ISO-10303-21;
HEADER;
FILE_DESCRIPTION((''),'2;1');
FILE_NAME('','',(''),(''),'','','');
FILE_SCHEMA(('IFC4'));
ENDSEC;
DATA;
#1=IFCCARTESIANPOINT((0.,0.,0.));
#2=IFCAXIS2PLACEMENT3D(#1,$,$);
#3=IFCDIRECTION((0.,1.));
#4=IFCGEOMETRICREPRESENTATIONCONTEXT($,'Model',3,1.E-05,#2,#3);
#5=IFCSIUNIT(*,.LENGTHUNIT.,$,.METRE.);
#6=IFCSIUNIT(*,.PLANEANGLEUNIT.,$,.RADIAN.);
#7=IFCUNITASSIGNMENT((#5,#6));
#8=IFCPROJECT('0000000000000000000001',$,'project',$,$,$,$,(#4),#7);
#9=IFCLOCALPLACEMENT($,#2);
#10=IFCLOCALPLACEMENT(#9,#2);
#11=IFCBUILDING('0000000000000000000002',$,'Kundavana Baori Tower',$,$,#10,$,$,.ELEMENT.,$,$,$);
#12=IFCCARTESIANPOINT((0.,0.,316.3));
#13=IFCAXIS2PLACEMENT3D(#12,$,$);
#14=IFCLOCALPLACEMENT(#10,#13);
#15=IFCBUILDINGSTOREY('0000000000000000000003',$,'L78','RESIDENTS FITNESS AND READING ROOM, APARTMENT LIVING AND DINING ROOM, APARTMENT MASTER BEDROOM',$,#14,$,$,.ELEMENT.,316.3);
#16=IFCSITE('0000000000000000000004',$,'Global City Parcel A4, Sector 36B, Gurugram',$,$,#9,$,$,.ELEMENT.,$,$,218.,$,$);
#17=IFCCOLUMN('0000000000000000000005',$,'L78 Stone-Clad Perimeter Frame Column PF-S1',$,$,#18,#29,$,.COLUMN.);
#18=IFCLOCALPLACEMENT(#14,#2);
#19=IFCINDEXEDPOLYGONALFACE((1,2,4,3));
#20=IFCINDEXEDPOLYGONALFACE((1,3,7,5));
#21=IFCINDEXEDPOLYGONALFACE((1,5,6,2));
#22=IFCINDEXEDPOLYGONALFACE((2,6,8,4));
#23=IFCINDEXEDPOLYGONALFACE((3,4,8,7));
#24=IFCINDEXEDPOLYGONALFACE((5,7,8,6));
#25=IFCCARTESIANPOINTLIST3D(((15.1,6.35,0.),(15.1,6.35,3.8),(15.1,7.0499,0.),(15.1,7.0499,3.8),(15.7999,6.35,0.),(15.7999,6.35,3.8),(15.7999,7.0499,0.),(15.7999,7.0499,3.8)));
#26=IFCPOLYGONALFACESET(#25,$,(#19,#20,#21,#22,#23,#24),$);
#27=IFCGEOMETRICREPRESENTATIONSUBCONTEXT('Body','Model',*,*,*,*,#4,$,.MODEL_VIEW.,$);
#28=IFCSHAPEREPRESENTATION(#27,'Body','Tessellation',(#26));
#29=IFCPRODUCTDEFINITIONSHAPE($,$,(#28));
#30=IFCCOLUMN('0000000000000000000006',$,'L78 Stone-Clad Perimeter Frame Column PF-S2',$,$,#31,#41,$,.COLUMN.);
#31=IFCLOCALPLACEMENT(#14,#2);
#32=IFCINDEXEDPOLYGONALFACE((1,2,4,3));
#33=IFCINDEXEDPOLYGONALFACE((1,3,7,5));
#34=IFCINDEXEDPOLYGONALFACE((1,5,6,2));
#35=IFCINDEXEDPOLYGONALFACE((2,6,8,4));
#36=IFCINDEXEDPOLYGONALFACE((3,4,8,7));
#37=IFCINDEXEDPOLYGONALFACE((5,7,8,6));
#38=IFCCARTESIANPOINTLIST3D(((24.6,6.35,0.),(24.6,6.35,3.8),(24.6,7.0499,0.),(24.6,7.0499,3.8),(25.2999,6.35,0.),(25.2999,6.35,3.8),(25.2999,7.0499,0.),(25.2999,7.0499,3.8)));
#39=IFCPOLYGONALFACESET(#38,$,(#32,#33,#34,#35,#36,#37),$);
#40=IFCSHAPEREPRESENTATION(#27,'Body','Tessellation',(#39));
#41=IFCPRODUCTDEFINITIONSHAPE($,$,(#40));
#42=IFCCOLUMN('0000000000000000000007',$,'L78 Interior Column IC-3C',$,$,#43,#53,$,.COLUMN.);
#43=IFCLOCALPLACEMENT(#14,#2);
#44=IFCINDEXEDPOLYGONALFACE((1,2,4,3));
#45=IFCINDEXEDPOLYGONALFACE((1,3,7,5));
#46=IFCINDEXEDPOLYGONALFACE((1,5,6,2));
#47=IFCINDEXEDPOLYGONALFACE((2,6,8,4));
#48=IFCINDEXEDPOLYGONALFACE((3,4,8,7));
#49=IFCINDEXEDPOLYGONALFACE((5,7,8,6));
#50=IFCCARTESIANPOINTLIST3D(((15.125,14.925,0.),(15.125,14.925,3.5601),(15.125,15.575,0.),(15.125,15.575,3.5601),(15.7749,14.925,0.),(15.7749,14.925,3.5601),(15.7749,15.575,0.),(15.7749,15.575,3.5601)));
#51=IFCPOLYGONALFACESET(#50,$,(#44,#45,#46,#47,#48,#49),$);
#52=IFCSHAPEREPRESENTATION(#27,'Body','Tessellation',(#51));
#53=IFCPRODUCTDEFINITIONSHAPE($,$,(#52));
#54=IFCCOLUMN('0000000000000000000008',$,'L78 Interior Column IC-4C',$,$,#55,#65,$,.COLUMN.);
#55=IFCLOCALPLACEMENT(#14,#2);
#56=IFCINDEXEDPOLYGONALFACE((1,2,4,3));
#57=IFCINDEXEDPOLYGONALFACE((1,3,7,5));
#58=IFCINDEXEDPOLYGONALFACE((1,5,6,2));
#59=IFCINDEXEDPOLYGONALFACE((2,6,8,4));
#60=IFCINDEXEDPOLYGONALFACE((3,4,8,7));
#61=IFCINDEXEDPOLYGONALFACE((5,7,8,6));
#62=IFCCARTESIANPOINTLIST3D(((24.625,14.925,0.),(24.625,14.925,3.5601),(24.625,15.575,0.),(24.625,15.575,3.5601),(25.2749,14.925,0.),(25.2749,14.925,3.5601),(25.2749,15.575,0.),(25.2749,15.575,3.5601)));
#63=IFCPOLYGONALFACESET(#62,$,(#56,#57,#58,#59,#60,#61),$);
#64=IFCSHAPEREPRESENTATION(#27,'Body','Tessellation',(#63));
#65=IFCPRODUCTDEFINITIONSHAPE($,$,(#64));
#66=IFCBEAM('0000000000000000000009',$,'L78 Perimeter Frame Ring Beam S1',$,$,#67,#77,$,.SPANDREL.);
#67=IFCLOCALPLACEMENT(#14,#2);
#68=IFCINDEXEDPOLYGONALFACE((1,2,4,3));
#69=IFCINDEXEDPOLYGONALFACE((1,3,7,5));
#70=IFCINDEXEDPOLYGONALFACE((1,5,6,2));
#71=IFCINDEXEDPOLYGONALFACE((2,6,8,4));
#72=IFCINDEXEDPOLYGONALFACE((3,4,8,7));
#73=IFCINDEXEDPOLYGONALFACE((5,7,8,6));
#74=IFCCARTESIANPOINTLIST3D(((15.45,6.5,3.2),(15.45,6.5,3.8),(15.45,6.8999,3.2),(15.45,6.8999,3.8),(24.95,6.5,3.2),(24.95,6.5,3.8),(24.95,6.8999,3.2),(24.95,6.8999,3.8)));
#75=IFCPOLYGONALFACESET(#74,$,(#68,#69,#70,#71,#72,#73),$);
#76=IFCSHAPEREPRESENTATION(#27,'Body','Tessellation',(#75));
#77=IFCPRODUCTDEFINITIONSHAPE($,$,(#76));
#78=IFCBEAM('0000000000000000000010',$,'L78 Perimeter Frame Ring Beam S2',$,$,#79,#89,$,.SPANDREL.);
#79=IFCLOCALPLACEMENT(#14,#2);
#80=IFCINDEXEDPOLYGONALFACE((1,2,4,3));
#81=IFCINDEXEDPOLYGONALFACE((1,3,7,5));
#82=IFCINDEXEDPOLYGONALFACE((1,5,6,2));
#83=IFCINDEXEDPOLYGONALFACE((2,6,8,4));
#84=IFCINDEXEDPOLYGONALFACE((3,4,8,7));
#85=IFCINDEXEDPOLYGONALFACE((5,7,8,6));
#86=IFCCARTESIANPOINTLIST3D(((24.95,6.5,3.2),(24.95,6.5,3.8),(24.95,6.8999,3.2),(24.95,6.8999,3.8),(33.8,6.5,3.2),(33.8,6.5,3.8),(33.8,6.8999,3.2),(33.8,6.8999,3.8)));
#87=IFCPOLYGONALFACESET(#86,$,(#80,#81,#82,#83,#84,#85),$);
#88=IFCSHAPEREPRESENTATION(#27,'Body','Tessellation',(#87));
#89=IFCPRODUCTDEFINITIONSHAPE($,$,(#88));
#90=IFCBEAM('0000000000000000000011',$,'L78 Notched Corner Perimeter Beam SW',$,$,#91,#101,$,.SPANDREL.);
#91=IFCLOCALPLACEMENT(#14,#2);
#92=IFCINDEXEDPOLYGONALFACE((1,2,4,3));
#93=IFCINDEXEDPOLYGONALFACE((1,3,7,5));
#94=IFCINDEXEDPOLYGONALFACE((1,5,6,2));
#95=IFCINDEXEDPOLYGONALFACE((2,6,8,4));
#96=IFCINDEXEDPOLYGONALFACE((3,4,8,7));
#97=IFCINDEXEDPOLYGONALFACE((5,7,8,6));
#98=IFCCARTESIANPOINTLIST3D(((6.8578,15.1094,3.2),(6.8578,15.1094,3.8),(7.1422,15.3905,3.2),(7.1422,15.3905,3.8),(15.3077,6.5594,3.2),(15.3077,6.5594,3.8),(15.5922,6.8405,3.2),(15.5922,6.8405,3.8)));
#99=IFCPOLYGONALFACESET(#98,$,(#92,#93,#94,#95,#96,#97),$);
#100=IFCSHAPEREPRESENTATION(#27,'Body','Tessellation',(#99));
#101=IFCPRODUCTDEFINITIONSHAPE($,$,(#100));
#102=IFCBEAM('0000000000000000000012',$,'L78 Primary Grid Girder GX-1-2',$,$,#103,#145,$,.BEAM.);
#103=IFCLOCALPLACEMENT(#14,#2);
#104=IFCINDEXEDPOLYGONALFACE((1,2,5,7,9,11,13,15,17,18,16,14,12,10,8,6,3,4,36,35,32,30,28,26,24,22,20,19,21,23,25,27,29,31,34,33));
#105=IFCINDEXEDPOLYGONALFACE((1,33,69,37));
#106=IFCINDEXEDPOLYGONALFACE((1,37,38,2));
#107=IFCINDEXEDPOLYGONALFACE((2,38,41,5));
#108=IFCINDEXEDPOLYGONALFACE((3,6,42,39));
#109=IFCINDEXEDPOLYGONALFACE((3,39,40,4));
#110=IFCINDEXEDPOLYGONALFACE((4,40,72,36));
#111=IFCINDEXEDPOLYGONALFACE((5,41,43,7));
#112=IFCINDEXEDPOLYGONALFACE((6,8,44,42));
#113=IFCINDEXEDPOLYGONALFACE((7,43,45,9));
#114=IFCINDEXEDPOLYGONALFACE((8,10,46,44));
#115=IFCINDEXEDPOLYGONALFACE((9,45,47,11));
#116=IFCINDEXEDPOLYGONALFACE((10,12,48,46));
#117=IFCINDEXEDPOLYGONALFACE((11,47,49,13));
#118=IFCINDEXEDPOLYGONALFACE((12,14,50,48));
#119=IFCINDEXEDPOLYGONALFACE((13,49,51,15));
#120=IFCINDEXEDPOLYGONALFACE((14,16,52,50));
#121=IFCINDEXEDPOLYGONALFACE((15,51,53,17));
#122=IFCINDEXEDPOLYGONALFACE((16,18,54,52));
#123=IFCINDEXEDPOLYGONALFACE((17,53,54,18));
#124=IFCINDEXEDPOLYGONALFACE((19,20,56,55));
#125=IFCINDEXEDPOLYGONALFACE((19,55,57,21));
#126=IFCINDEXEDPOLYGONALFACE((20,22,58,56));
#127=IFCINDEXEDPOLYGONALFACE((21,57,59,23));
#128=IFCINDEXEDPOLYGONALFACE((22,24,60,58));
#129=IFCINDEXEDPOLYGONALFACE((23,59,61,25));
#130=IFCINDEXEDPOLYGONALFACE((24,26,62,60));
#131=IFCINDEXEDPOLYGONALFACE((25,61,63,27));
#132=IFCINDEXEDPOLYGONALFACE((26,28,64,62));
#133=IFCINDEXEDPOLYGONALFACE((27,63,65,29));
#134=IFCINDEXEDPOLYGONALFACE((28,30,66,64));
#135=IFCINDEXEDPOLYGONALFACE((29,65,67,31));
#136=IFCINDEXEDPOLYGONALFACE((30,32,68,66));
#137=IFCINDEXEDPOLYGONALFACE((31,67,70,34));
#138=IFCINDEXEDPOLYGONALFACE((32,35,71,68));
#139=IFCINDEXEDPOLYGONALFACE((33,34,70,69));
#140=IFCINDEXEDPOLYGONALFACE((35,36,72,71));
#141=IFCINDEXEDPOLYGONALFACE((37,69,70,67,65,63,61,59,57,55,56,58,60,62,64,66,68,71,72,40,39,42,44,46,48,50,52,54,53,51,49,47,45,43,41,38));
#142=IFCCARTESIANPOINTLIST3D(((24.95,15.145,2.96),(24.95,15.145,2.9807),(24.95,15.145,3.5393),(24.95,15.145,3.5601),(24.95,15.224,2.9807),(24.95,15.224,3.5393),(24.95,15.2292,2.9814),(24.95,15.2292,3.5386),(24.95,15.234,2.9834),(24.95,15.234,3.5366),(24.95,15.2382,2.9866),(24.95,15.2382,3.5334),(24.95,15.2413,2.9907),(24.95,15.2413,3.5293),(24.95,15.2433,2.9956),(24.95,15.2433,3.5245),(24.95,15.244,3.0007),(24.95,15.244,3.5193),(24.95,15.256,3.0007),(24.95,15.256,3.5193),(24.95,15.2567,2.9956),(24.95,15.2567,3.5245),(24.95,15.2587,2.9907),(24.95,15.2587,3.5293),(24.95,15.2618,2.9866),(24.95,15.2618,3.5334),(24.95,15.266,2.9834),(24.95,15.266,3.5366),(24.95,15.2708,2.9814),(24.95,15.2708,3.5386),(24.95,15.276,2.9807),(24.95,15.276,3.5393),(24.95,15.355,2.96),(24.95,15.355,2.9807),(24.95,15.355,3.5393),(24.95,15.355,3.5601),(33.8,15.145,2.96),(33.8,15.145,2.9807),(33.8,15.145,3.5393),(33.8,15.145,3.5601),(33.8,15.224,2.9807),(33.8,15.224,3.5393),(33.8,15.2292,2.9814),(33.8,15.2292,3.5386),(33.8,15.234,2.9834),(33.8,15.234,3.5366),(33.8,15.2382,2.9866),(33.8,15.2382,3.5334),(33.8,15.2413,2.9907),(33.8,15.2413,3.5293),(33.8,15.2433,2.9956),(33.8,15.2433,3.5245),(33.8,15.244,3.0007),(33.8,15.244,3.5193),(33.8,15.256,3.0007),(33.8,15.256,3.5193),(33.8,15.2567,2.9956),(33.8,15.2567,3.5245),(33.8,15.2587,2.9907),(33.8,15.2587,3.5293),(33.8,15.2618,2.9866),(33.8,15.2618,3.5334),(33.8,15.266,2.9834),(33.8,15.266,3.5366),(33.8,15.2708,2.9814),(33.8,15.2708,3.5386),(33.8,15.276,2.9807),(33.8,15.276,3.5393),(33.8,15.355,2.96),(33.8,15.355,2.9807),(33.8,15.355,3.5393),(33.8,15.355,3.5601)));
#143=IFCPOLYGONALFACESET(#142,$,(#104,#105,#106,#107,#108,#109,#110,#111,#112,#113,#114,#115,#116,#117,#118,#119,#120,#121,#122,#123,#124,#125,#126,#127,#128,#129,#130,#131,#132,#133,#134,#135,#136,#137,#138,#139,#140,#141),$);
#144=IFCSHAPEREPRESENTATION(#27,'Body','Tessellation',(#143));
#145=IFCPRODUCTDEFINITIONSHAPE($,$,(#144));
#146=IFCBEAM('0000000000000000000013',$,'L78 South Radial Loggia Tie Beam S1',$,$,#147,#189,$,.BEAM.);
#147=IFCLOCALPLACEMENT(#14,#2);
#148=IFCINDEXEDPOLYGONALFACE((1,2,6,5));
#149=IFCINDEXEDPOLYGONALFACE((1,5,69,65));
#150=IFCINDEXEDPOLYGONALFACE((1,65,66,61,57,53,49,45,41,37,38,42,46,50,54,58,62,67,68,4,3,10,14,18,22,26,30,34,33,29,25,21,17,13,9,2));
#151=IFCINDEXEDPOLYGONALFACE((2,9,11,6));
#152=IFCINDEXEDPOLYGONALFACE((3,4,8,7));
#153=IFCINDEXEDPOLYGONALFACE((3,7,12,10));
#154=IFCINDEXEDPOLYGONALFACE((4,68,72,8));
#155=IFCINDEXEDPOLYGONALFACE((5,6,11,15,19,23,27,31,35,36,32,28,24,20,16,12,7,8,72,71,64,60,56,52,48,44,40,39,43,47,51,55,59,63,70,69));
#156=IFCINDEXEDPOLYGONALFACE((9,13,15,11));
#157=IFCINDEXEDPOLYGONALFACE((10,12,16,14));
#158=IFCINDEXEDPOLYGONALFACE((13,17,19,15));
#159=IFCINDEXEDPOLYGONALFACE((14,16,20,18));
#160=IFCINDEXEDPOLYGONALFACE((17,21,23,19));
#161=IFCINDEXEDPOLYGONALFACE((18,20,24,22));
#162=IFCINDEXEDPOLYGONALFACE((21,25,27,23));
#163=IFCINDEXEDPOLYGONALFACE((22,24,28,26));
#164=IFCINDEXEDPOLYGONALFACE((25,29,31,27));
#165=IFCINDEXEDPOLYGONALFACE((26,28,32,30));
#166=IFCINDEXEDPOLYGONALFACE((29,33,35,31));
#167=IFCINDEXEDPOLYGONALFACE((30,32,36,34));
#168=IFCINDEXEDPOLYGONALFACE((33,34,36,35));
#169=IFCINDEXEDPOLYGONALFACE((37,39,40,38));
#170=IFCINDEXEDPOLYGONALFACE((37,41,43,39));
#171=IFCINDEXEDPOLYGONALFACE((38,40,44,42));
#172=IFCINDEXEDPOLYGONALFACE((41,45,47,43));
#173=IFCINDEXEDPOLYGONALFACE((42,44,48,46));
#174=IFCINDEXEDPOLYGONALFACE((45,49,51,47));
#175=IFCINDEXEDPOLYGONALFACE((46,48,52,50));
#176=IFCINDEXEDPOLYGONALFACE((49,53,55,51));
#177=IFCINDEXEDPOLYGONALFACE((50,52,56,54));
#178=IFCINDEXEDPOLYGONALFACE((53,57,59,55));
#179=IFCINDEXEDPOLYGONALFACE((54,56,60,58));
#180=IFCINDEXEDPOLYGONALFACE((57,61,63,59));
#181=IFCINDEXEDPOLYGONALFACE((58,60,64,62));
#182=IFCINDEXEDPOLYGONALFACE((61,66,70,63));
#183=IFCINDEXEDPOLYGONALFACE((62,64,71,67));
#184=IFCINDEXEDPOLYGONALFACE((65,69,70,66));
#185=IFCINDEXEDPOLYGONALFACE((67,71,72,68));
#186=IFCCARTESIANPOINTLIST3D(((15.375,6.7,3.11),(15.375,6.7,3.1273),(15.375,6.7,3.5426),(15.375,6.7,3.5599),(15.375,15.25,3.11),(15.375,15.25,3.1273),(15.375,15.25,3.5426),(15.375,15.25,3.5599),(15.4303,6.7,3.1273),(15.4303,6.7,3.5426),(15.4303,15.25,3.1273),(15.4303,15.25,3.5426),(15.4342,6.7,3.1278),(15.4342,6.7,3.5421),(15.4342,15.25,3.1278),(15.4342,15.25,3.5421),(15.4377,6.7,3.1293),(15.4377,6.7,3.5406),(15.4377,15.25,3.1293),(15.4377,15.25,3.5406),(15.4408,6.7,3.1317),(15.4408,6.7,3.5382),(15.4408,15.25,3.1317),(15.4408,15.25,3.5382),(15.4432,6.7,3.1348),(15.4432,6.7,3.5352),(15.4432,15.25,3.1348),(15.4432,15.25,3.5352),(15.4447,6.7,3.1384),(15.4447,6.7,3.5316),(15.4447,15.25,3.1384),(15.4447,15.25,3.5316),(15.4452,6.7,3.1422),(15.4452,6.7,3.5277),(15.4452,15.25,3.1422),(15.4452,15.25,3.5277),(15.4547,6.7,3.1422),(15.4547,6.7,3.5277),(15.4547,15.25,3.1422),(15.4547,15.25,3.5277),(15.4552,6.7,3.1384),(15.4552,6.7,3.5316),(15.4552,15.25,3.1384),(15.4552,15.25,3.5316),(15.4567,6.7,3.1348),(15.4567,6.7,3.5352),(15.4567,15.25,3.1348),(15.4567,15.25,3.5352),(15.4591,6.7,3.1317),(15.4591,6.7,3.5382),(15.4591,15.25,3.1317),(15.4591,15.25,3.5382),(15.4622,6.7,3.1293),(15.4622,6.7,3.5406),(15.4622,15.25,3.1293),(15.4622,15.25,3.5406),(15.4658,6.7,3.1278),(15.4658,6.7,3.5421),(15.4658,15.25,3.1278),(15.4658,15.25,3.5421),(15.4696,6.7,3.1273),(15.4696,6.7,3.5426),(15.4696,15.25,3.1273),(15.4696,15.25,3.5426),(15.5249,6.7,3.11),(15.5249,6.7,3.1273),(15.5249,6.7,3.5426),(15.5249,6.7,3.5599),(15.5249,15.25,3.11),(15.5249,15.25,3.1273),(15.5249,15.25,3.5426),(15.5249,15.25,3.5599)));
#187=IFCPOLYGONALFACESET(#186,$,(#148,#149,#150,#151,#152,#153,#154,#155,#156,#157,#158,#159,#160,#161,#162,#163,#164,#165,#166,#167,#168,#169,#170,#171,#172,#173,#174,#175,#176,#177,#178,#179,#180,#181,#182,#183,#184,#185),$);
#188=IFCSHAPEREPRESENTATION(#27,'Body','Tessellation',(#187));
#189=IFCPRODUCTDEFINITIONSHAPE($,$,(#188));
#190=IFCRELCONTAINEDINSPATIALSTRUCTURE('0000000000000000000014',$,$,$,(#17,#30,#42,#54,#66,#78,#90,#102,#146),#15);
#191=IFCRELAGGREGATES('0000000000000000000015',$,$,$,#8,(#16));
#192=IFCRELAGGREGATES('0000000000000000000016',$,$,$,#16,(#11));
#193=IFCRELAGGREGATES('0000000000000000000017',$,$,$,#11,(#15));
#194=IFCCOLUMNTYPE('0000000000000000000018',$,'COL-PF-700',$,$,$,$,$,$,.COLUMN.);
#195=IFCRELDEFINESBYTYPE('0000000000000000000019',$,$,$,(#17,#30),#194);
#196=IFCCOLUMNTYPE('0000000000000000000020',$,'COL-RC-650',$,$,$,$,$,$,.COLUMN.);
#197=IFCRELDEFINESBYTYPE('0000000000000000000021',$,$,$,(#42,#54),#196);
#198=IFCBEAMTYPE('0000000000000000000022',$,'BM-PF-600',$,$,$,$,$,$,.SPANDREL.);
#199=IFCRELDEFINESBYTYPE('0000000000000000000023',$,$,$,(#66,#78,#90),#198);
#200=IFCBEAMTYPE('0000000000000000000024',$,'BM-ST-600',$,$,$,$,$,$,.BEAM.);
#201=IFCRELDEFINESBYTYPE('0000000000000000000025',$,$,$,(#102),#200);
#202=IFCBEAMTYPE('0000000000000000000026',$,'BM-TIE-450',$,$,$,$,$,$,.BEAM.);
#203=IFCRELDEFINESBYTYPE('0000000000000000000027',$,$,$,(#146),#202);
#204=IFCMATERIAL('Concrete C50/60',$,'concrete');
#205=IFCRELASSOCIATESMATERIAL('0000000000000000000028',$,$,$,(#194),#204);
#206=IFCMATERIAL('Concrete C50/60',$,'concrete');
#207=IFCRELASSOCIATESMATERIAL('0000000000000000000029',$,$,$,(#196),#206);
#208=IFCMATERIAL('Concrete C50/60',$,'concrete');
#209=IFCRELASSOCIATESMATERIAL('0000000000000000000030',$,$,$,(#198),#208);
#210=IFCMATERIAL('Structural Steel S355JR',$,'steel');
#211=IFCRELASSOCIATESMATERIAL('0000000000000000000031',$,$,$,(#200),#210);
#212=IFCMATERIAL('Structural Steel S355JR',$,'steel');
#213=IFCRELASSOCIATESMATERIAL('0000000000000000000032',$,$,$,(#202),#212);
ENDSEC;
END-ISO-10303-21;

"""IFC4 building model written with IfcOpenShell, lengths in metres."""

from ifc_helpers import new_model, si_unit, direction, frame, origin, origin_2d, place, context, subcontext, project, spatial, rectangle, i_section, extrude, material, material_profile, profile_set, type_object, element, save


model = new_model("IFC4")

# Units and contexts
model_context = context("Model", 3, precision=1e-05, world=origin(), true_north=direction((0.0, 1.0)))
body_context = subcontext(model_context, "Body", "Model", "MODEL_VIEW")
ifc_project = project(units=[si_unit("LENGTHUNIT", "METRE"), si_unit("PLANEANGLEUNIT", "RADIAN")], contexts=[model_context])

# Site, building, storey
site_placement = place(None, origin())
site = spatial("IfcSite", under=ifc_project, at=site_placement, Name="Global City Parcel A4, Sector 36B, Gurugram", CompositionType="ELEMENT", RefElevation=218.0)
building_placement = place(site_placement, origin())
building = spatial("IfcBuilding", under=site, at=building_placement, Name="Kundavana Baori Tower", CompositionType="ELEMENT")
storey_placement = place(building_placement, frame((0.0, 0.0, 316.3)))
storey = spatial("IfcBuildingStorey", under=building, at=storey_placement, Name="L78", Description="RESIDENTS FITNESS AND READING ROOM, APARTMENT LIVING AND DINING ROOM, APARTMENT MASTER BEDROOM", CompositionType="ELEMENT", Elevation=316.3)

# Columns
ifc_material_1 = material(Name="Concrete C50/60", Category="concrete")
ifc_material_profile_1 = material_profile(ifc_material_1, rectangle(XDim=0.7, YDim=0.7, at=origin_2d()), Name="RC PF 700x700")
ifc_profile_set_1 = profile_set([ifc_material_profile_1], Name="Concrete C50/60")
column_type_1 = type_object("IfcColumnType", Name="COL-PF-700", PredefinedType="COLUMN", material=ifc_profile_set_1)
for number, where, z_axis, x_axis, name in (
    (1, (15.45, 6.7, 0.0), (0.0, 0.0, 1.0), (1.0, 0.0, 0.0), "L78 Stone-Clad Perimeter Frame Column PF-S1"),
    (2, (24.95, 6.7, 0.0), (0.0, 0.0, 1.0), (1.0, 0.0, 0.0), "L78 Stone-Clad Perimeter Frame Column PF-S2"),
):
    element("IfcColumn", number, at=place(storey_placement, frame(where, z_axis=z_axis, x_axis=x_axis)), inside=storey, type_object=column_type_1, Name=name, PredefinedType="COLUMN", context=body_context, shape_type="SweptSolid", body=[
        extrude(rectangle(XDim=0.7, YDim=0.7, at=origin_2d()), origin(), (0.0, 0.0, 1.0), 3.8),
    ])
ifc_material_2 = material(Name="Concrete C50/60", Category="concrete")
ifc_material_profile_2 = material_profile(ifc_material_2, rectangle(XDim=0.6499, YDim=0.6499, at=origin_2d()), Name="RC 650x650")
ifc_profile_set_2 = profile_set([ifc_material_profile_2], Name="Concrete C50/60")
column_type_2 = type_object("IfcColumnType", Name="COL-RC-650", PredefinedType="COLUMN", material=ifc_profile_set_2)
for number, where, z_axis, x_axis, name in (
    (3, (15.45, 15.25, 0.0), (0.0, 0.0, 1.0), (1.0, 0.0, 0.0), "L78 Interior Column IC-3C"),
    (4, (24.95, 15.25, 0.0), (0.0, 0.0, 1.0), (1.0, 0.0, 0.0), "L78 Interior Column IC-4C"),
):
    element("IfcColumn", number, at=place(storey_placement, frame(where, z_axis=z_axis, x_axis=x_axis)), inside=storey, type_object=column_type_2, Name=name, PredefinedType="COLUMN", context=body_context, shape_type="SweptSolid", body=[
        extrude(rectangle(XDim=0.6499, YDim=0.6499, at=origin_2d()), origin(), (0.0, 0.0, 1.0), 3.5601),
    ])

# Beams
ifc_material_3 = material(Name="Concrete C50/60", Category="concrete")
ifc_material_profile_3 = material_profile(ifc_material_3, rectangle(XDim=0.3999, YDim=0.6001, at=origin_2d()), Name="RC BM 400x600")
ifc_profile_set_3 = profile_set([ifc_material_profile_3], Name="Concrete C50/60")
beam_type_1 = type_object("IfcBeamType", Name="BM-PF-600", PredefinedType="SPANDREL", material=ifc_profile_set_3)
beam_1_placement = place(storey_placement, frame((15.45, 6.7, 3.5), z_axis=(1.0, 0.0, 0.0), x_axis=(0.0, 1.0, 0.0)))
element("IfcBeam", 5, at=beam_1_placement, inside=storey, type_object=beam_type_1, Name="L78 Perimeter Frame Ring Beam S1", PredefinedType="SPANDREL", context=body_context, shape_type="SweptSolid", body=[
    extrude(rectangle(XDim=0.3999, YDim=0.6001, at=origin_2d()), origin(), (0.0, 0.0, 1.0), 9.5),
])
beam_2_placement = place(storey_placement, frame((24.95, 6.7, 3.5), z_axis=(1.0, 0.0, 0.0), x_axis=(0.0, 1.0, 0.0)))
element("IfcBeam", 6, at=beam_2_placement, inside=storey, type_object=beam_type_1, Name="L78 Perimeter Frame Ring Beam S2", PredefinedType="SPANDREL", context=body_context, shape_type="SweptSolid", body=[
    extrude(rectangle(XDim=0.3999, YDim=0.6001, at=origin_2d()), origin(), (0.0, 0.0, 1.0), 8.8501),
])
beam_3_placement = place(storey_placement, frame((15.45, 6.7, 3.5), z_axis=(-0.702931, 0.711258, 0.0), x_axis=(-0.711258, -0.702931, 0.0)))
element("IfcBeam", 7, at=beam_3_placement, inside=storey, type_object=beam_type_1, Name="L78 Notched Corner Perimeter Beam SW", PredefinedType="SPANDREL", context=body_context, shape_type="SweptSolid", body=[
    extrude(rectangle(XDim=0.3999, YDim=0.6001, at=origin_2d()), origin(), (0.0, 0.0, 1.0), 12.021),
])
ifc_material_4 = material(Name="Structural Steel S355JR", Category="steel")
ifc_material_profile_4 = material_profile(ifc_material_4, i_section(OverallWidth=0.21, OverallDepth=0.6001, WebThickness=0.012, FlangeThickness=0.0208, FilletRadius=0.02, at=origin_2d()), Name="ISMB 600")
ifc_profile_set_4 = profile_set([ifc_material_profile_4], Name="Structural Steel S355JR")
beam_type_2 = type_object("IfcBeamType", Name="BM-ST-600", PredefinedType="BEAM", material=ifc_profile_set_4)
beam_4_placement = place(storey_placement, frame((24.95, 15.25, 3.26), z_axis=(1.0, 0.0, 0.0), x_axis=(0.0, 1.0, 0.0)))
element("IfcBeam", 8, at=beam_4_placement, inside=storey, type_object=beam_type_2, Name="L78 Primary Grid Girder GX-1-2", PredefinedType="BEAM", context=body_context, shape_type="SweptSolid", body=[
    extrude(i_section(OverallWidth=0.21, OverallDepth=0.6001, WebThickness=0.012, FlangeThickness=0.0208, FilletRadius=0.02, at=origin_2d()), origin(), (0.0, 0.0, 1.0), 8.8501),
])
ifc_material_5 = material(Name="Structural Steel S355JR", Category="steel")
ifc_material_profile_5 = material_profile(ifc_material_5, i_section(OverallWidth=0.1499, OverallDepth=0.45, WebThickness=0.0095, FlangeThickness=0.0173, FilletRadius=0.0149, at=origin_2d()), Name="ISMB 450")
ifc_profile_set_5 = profile_set([ifc_material_profile_5], Name="Structural Steel S355JR")
beam_type_3 = type_object("IfcBeamType", Name="BM-TIE-450", PredefinedType="BEAM", material=ifc_profile_set_5)
for number, where, z_axis, x_axis, name in (
    (9, (15.45, 15.25, 3.335), (0.0, -1.0, 0.0), (1.0, 0.0, 0.0), "L78 South Radial Loggia Tie Beam S1"),
):
    element("IfcBeam", number, at=place(storey_placement, frame(where, z_axis=z_axis, x_axis=x_axis)), inside=storey, type_object=beam_type_3, Name=name, PredefinedType="BEAM", context=body_context, shape_type="SweptSolid", body=[
        extrude(i_section(OverallWidth=0.1499, OverallDepth=0.45, WebThickness=0.0095, FlangeThickness=0.0173, FilletRadius=0.0149, at=origin_2d()), origin(), (0.0, 0.0, 1.0), 8.55),
    ])

save(model, "model.ifc")
